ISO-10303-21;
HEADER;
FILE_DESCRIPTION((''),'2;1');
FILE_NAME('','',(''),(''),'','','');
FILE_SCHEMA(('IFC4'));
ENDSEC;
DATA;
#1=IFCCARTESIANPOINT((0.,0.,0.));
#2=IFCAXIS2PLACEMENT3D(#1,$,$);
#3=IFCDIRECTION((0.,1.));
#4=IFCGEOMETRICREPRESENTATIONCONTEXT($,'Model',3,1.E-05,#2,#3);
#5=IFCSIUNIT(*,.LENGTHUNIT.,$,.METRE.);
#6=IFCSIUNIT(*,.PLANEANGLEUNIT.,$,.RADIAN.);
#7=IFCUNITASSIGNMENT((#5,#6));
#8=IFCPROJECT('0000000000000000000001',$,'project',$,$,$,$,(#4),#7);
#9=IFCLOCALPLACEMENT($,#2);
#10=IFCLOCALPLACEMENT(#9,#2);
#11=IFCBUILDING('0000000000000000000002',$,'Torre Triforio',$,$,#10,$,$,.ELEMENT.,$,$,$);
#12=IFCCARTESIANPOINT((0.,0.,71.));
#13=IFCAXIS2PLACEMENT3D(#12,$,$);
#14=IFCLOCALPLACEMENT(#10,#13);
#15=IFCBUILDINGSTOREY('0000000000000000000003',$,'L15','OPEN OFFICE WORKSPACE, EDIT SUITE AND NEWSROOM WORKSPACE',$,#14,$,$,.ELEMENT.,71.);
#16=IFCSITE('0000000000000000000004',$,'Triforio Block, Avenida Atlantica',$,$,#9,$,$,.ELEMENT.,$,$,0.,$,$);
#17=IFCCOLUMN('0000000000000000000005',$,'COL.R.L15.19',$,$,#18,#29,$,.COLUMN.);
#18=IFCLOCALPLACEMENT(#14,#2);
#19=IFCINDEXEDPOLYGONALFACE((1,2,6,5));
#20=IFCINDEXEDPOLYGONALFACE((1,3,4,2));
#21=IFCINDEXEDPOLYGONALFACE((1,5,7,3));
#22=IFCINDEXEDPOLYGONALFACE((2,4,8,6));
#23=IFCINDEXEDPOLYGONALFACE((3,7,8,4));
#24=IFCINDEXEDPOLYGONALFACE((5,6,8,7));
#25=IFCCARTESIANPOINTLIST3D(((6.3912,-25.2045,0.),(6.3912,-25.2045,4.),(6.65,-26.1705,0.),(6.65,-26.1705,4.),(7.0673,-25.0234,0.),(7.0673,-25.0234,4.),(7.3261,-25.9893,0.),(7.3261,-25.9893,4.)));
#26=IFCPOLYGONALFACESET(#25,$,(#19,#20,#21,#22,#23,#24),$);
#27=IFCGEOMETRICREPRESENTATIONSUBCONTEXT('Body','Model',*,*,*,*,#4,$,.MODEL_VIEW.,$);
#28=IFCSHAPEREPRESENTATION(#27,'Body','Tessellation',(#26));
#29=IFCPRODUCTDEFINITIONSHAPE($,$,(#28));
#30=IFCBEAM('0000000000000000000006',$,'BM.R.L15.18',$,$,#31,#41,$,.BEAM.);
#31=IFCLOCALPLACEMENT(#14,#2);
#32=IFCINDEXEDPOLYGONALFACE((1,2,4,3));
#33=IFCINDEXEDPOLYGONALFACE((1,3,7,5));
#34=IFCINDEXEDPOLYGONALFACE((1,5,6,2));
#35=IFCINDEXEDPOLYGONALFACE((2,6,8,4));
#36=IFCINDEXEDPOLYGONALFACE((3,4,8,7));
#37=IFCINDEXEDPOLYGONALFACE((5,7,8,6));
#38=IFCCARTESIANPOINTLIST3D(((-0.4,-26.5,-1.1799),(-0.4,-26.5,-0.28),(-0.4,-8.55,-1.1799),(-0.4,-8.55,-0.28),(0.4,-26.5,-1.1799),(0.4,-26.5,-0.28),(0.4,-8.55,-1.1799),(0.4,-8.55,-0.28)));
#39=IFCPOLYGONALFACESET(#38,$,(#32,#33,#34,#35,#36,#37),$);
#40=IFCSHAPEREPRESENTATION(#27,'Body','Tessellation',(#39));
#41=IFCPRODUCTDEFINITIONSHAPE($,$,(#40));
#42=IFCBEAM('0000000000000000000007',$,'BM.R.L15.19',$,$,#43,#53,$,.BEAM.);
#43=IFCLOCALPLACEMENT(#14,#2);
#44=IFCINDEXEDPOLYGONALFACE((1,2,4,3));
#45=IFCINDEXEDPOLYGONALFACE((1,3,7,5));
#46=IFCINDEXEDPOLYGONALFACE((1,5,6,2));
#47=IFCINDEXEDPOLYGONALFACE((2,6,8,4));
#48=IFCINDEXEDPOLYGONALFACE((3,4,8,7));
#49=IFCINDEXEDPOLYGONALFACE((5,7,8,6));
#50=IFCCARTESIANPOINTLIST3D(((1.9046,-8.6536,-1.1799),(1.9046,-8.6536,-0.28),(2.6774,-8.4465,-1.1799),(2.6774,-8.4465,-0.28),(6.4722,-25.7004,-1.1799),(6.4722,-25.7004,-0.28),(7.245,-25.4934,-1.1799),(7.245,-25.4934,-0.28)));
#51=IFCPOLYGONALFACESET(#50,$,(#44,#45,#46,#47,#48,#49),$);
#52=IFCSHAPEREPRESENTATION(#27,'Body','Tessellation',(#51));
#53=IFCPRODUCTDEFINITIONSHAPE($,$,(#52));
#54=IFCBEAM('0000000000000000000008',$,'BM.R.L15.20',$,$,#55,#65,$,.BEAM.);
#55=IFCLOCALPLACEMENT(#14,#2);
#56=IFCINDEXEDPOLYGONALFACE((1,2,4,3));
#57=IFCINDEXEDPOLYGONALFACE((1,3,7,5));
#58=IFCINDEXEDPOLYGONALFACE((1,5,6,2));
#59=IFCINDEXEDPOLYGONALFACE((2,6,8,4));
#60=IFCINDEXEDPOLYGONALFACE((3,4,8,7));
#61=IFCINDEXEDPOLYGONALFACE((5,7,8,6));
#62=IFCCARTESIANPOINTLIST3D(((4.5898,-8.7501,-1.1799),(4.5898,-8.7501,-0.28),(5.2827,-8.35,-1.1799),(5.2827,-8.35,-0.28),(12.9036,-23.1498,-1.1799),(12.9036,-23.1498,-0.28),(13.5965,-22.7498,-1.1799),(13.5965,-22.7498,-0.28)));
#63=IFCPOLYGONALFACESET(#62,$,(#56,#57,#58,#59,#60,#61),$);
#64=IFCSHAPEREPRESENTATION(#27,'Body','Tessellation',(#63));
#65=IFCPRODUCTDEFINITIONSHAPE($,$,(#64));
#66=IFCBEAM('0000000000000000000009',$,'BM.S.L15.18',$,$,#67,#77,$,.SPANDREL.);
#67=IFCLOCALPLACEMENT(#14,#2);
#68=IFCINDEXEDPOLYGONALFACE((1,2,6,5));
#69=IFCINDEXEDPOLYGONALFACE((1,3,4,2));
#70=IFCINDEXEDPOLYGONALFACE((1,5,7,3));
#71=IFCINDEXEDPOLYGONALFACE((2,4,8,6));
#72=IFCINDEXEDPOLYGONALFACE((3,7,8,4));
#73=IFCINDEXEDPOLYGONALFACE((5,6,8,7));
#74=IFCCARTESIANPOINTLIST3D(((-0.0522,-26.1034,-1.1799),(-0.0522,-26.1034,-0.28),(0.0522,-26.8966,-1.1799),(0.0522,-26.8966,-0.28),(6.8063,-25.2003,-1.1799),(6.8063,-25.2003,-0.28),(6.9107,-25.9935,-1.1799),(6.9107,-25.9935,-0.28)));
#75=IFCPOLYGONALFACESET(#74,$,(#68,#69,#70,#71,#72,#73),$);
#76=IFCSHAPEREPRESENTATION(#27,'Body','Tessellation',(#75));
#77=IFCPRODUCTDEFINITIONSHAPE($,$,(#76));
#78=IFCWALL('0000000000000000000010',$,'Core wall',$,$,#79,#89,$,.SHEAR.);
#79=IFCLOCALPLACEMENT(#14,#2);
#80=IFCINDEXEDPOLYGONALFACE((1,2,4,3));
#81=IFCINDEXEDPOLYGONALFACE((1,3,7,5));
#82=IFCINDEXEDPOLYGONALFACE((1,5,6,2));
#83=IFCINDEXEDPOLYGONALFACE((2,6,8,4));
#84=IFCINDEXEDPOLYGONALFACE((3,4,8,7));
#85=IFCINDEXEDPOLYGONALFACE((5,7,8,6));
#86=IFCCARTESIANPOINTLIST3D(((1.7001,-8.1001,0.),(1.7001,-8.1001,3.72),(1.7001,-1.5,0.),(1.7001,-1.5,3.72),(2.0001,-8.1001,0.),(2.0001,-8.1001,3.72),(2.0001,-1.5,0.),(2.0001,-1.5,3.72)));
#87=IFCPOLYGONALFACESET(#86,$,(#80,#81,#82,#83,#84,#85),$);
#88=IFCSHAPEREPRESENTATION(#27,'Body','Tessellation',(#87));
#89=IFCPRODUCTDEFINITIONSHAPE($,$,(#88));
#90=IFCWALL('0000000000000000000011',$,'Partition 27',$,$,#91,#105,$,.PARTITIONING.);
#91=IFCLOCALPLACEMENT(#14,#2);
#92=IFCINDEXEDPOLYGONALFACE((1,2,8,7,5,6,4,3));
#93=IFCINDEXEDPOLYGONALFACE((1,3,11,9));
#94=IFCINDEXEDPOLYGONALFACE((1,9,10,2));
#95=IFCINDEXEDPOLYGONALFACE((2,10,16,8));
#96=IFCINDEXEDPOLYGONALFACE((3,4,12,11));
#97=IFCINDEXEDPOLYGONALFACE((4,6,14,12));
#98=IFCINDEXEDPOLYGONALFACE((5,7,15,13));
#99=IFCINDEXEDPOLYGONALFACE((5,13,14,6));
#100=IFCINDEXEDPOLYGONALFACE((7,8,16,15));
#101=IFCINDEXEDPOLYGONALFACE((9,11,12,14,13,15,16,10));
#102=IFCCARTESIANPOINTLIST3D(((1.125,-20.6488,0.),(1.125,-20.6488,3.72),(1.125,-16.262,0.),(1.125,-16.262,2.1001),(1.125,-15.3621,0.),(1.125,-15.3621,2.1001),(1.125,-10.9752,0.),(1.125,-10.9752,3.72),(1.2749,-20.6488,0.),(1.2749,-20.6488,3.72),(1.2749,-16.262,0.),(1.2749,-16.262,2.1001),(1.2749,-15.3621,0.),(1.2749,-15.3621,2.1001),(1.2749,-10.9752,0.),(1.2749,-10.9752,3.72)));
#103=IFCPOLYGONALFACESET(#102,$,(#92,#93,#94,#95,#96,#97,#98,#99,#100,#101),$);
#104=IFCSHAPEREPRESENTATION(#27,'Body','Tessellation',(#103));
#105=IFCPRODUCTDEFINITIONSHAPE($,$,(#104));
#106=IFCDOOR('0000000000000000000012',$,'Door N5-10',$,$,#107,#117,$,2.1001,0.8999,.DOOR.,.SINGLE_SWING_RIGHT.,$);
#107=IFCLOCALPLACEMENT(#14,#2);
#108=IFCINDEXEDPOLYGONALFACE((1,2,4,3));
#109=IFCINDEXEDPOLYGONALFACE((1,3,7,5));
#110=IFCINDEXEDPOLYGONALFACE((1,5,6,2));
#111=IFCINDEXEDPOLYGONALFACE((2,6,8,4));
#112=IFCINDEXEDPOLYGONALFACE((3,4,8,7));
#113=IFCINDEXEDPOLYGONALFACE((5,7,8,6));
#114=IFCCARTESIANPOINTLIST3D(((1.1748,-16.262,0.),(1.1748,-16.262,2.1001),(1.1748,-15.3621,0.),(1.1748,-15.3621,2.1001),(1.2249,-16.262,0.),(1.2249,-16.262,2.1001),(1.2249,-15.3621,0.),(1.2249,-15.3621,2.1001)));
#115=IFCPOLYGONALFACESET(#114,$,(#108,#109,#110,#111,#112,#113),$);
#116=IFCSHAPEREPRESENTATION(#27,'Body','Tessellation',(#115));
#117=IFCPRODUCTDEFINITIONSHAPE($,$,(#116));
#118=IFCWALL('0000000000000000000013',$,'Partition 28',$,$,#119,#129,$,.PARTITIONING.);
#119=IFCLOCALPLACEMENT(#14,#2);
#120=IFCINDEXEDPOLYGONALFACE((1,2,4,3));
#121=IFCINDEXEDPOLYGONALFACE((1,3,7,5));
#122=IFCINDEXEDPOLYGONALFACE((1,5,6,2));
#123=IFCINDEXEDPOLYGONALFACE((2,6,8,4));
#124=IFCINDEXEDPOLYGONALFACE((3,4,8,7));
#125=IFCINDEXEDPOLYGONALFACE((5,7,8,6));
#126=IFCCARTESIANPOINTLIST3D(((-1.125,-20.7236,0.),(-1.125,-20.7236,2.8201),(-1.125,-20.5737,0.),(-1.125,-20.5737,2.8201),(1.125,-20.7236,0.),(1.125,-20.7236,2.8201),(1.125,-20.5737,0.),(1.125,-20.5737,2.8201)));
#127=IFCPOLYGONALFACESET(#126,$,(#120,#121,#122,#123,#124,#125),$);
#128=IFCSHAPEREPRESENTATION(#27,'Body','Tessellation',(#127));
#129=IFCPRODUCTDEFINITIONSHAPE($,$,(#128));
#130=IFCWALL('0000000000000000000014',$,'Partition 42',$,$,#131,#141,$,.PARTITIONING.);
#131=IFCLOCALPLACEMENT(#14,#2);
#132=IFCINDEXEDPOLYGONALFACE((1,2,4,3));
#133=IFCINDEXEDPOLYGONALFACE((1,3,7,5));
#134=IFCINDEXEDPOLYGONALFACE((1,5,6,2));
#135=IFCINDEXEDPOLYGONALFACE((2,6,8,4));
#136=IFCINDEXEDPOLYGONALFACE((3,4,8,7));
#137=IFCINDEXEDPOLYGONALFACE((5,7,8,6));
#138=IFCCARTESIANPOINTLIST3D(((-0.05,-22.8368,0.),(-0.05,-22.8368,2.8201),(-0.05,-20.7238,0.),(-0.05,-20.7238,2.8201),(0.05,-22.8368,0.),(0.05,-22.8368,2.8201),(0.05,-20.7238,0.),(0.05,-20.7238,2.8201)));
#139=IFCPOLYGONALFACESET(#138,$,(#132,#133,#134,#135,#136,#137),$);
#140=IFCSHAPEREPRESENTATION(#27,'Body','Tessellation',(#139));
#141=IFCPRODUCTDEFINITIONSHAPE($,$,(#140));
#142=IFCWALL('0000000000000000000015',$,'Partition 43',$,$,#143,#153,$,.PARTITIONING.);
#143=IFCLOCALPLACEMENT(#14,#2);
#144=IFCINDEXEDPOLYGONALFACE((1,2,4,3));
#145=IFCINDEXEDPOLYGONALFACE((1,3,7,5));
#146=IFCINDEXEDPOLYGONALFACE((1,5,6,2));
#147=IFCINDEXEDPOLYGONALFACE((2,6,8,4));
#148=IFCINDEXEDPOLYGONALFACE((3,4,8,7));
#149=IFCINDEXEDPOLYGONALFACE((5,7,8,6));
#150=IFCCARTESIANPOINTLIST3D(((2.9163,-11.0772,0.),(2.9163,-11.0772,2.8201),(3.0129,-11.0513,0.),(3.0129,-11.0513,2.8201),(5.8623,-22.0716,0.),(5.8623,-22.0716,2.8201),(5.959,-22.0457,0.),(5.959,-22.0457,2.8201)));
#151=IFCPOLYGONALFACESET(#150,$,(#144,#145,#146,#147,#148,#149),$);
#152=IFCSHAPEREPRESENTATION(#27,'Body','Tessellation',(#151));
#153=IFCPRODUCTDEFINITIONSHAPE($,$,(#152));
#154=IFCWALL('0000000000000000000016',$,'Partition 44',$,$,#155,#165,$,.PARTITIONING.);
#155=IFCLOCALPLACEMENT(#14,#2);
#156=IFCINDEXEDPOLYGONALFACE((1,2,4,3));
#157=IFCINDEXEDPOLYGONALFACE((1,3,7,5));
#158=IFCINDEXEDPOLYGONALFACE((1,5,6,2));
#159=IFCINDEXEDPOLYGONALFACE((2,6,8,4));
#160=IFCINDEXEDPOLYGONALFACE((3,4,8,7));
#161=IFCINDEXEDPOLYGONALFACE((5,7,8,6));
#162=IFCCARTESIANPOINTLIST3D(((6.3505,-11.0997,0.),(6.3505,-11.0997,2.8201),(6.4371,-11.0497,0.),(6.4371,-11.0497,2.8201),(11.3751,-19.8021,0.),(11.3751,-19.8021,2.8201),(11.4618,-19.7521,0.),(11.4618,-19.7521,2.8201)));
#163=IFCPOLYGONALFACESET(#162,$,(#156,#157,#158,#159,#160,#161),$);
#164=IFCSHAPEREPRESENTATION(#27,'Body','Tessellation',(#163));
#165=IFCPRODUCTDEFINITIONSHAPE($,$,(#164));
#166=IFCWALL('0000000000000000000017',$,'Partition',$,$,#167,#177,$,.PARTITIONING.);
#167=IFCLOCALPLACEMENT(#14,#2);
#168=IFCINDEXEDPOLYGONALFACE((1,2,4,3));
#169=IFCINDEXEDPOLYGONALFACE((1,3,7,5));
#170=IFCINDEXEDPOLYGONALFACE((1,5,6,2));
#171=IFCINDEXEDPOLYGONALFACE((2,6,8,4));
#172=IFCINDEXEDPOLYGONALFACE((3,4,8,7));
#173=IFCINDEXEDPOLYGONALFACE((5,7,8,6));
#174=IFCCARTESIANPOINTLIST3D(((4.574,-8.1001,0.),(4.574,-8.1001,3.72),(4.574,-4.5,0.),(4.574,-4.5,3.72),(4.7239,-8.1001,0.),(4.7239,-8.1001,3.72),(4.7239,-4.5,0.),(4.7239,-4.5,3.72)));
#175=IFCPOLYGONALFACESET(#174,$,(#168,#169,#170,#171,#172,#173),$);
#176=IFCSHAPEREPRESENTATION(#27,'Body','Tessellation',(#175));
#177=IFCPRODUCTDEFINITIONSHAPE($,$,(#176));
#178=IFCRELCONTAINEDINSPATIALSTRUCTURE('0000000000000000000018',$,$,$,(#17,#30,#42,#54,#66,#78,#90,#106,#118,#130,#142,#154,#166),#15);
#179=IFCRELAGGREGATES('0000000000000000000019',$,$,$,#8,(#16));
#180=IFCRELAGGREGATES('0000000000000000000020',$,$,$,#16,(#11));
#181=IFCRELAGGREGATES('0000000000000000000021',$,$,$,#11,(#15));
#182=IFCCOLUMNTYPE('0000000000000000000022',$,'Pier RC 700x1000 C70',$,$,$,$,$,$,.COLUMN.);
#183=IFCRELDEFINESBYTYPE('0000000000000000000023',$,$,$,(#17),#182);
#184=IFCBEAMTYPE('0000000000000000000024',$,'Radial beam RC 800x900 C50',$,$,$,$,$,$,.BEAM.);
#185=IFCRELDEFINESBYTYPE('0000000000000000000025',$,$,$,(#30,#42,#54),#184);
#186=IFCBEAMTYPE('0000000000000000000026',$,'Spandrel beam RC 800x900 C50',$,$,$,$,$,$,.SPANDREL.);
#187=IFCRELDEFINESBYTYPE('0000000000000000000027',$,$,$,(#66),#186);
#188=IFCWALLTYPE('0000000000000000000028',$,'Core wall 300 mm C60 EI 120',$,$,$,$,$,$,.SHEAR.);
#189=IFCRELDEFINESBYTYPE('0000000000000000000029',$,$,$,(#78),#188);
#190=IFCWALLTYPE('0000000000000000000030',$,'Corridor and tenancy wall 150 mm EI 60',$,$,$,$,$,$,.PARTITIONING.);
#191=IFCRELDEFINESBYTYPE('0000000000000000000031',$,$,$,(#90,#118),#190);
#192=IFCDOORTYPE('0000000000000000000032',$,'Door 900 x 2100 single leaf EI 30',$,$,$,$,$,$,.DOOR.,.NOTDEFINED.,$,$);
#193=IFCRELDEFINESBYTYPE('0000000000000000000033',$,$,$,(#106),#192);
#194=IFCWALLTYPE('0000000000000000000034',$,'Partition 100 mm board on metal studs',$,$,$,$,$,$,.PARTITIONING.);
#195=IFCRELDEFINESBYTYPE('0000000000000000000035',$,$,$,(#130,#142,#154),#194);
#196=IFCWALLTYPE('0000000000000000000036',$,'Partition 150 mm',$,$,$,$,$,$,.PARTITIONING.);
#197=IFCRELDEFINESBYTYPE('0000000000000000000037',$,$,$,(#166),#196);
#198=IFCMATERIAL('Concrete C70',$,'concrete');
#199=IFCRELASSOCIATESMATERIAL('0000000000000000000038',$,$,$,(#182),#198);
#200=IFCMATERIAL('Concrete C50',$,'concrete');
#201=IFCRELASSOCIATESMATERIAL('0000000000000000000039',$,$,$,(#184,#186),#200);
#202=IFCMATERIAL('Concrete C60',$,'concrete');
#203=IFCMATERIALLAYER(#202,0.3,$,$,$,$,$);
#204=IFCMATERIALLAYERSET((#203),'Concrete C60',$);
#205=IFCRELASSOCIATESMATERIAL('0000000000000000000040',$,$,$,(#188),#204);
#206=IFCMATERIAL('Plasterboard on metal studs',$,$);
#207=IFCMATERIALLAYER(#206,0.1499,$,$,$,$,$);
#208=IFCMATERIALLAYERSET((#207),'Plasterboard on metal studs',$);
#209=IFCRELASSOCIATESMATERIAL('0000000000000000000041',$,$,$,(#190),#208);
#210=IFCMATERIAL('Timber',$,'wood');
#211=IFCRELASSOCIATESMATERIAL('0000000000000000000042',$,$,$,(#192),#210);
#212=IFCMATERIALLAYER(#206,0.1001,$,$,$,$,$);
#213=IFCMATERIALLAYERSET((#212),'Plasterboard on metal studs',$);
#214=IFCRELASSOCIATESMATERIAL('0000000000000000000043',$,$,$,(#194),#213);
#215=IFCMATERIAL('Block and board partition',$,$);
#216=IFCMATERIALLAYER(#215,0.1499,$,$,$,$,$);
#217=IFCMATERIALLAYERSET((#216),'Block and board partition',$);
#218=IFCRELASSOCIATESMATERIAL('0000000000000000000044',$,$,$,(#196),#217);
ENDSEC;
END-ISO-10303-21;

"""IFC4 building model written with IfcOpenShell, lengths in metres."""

from ifc_helpers import new_model, si_unit, direction, frame, frame_2d, origin, origin_2d, place, context, subcontext, project, spatial, rectangle, extrude, material, layer, layer_set, material_profile, profile_set, type_object, element, fill, save


model = new_model("IFC4")

# Units and contexts
model_context = context("Model", 3, precision=1e-05, world=origin(), true_north=direction((0.0, 1.0)))
body_context = subcontext(model_context, "Body", "Model", "MODEL_VIEW")
ifc_project = project(units=[si_unit("LENGTHUNIT", "METRE"), si_unit("PLANEANGLEUNIT", "RADIAN")], contexts=[model_context])

# Site, building, storey
site_placement = place(None, origin())
site = spatial("IfcSite", under=ifc_project, at=site_placement, Name="Triforio Block, Avenida Atlantica", CompositionType="ELEMENT", RefElevation=0.0)
building_placement = place(site_placement, origin())
building = spatial("IfcBuilding", under=site, at=building_placement, Name="Torre Triforio", CompositionType="ELEMENT")
storey_placement = place(building_placement, frame((0.0, 0.0, 71.0)))
storey = spatial("IfcBuildingStorey", under=building, at=storey_placement, Name="L15", Description="OPEN OFFICE WORKSPACE, EDIT SUITE AND NEWSROOM WORKSPACE", CompositionType="ELEMENT", Elevation=71.0)

# Column
ifc_material_1 = material(Name="Concrete C70", Category="concrete")
ifc_material_profile_1 = material_profile(ifc_material_1, rectangle(XDim=0.7, YDim=1.0, at=origin_2d()), Name="RC 700x1000")
ifc_profile_set_1 = profile_set([ifc_material_profile_1], Name="Concrete C70")
column_type = type_object("IfcColumnType", Name="Pier RC 700x1000 C70", PredefinedType="COLUMN", material=ifc_profile_set_1)
column_placement = place(storey_placement, frame((6.8586, -25.5969, 0.0), z_axis=(0.0, 0.0, 1.0), x_axis=(0.965926, 0.258819, 0.0)))
element("IfcColumn", 1, at=column_placement, inside=storey, type_object=column_type, Name="COL.R.L15.19", PredefinedType="COLUMN", context=body_context, shape_type="SweptSolid", body=[
    extrude(rectangle(XDim=0.7, YDim=1.0, at=origin_2d()), origin(), (0.0, 0.0, 1.0), 4.0),
])

# Beams
ifc_material_2 = material(Name="Concrete C50", Category="concrete")
ifc_material_profile_2 = material_profile(ifc_material_2, rectangle(XDim=0.8, YDim=0.8999, at=origin_2d()), Name="RC 800x900")
ifc_profile_set_2 = profile_set([ifc_material_profile_2], Name="Concrete C50")
beam_type_1 = type_object("IfcBeamType", Name="Radial beam RC 800x900 C50", PredefinedType="BEAM", material=ifc_profile_set_2)
beam_1_placement = place(storey_placement, frame((0.0, -8.55, -0.73), z_axis=(0.0, -1.0, 0.0), x_axis=(1.0, 0.0, 0.0)))
element("IfcBeam", 2, at=beam_1_placement, inside=storey, type_object=beam_type_1, Name="BM.R.L15.18", PredefinedType="BEAM", context=body_context, shape_type="SweptSolid", body=[
    extrude(rectangle(XDim=0.8, YDim=0.8999, at=origin_2d()), origin(), (0.0, 0.0, 1.0), 17.95),
])
beam_2_placement = place(storey_placement, frame((2.291, -8.55, -0.73), z_axis=(0.258815, -0.965927, 0.0), x_axis=(0.965927, 0.258815, 0.0)))
element("IfcBeam", 3, at=beam_2_placement, inside=storey, type_object=beam_type_1, Name="BM.R.L15.19", PredefinedType="BEAM", context=body_context, shape_type="SweptSolid", body=[
    extrude(rectangle(XDim=0.8, YDim=0.8999, at=origin_2d()), origin(), (0.0, 0.0, 1.0), 17.6482),
])
beam_3_placement = place(storey_placement, frame((4.9363, -8.55, -0.73), z_axis=(0.500003, -0.866023, 0.0), x_axis=(0.866023, 0.500003, 0.0)))
element("IfcBeam", 4, at=beam_3_placement, inside=storey, type_object=beam_type_1, Name="BM.R.L15.20", PredefinedType="BEAM", context=body_context, shape_type="SweptSolid", body=[
    extrude(rectangle(XDim=0.8, YDim=0.8999, at=origin_2d()), origin(), (0.0, 0.0, 1.0), 16.6274),
])
ifc_material_profile_3 = material_profile(ifc_material_2, rectangle(XDim=0.8, YDim=0.8999, at=origin_2d()), Name="RC 800x900")
ifc_profile_set_3 = profile_set([ifc_material_profile_3], Name="Concrete C50")
beam_type_2 = type_object("IfcBeamType", Name="Spandrel beam RC 800x900 C50", PredefinedType="SPANDREL", material=ifc_profile_set_3)
beam_4_placement = place(storey_placement, frame((0.0, -26.5, -0.73), z_axis=(0.991443, 0.130543, 0.0), x_axis=(-0.130543, 0.991443, 0.0)))
element("IfcBeam", 5, at=beam_4_placement, inside=storey, type_object=beam_type_2, Name="BM.S.L15.18", PredefinedType="SPANDREL", context=body_context, shape_type="SweptSolid", body=[
    extrude(rectangle(XDim=0.8, YDim=0.8999, at=origin_2d()), origin(), (0.0, 0.0, 1.0), 6.9177),
])

# Wall
ifc_material_3 = material(Name="Concrete C60", Category="concrete")
ifc_layer_1 = layer(ifc_material_3, 0.3)
ifc_layer_set_1 = layer_set([ifc_layer_1], Name="Concrete C60")
wall_type_1 = type_object("IfcWallType", Name="Core wall 300 mm C60 EI 120", PredefinedType="SHEAR", material=ifc_layer_set_1)
wall_1_placement = place(storey_placement, frame((1.8501, -8.1001, 0.0), z_axis=(0.0, 0.0, 1.0), x_axis=(0.0, 1.0, 0.0)))
element("IfcWall", 6, at=wall_1_placement, inside=storey, type_object=wall_type_1, Name="Core wall", PredefinedType="SHEAR", context=body_context, shape_type="SweptSolid", body=[
    extrude(rectangle(XDim=6.6001, YDim=0.3, at=frame_2d((3.3, 0.0))), origin(), (0.0, 0.0, 1.0), 3.72),
])

# Wall, opening, door
ifc_material_4 = material(Name="Plasterboard on metal studs")
ifc_layer_2 = layer(ifc_material_4, 0.1499)
ifc_layer_set_2 = layer_set([ifc_layer_2], Name="Plasterboard on metal studs")
wall_type_2 = type_object("IfcWallType", Name="Corridor and tenancy wall 150 mm EI 60", PredefinedType="PARTITIONING", material=ifc_layer_set_2)
wall_2_placement = place(storey_placement, frame((1.2, -10.9751, 0.0), z_axis=(0.0, 0.0, 1.0), x_axis=(0.0, -1.0, 0.0)))
wall_2 = element("IfcWall", 7, at=wall_2_placement, inside=storey, type_object=wall_type_2, Name="Partition 27", PredefinedType="PARTITIONING", context=body_context, shape_type="SweptSolid", body=[
    extrude(rectangle(XDim=9.6736, YDim=0.1499, at=frame_2d((4.8369, 0.0))), origin(), (0.0, 0.0, 1.0), 3.72),
])
opening_1_placement = place(wall_2_placement, frame((4.387, 0.0, 0.0)))
opening_1 = element("IfcOpeningElement", 8, at=opening_1_placement, cuts=wall_2, PredefinedType="OPENING", context=body_context, shape_type="SweptSolid", body=[
    extrude(rectangle(XDim=0.8999, YDim=2.1001, at=frame_2d((0.45, 1.05))), frame((0.0, 0.085, 0.0), z_axis=(0.0, -1.0, 0.0), x_axis=(1.0, 0.0, 0.0)), (0.0, 0.0, 1.0), 0.1699),
])
ifc_material_5 = material(Name="Timber", Category="wood")
door_type_1 = type_object("IfcDoorType", Name="Door 900 x 2100 single leaf EI 30", OperationType="NOTDEFINED", PredefinedType="DOOR", material=ifc_material_5)
door_1_placement = place(opening_1_placement, origin())
door_1 = element("IfcDoor", 9, at=door_1_placement, inside=storey, type_object=door_type_1, Name="Door N5-10", OperationType="SINGLE_SWING_RIGHT", OverallHeight=2.1001, OverallWidth=0.8999, PredefinedType="DOOR", context=body_context, shape_type="SweptSolid", body=[
    extrude(rectangle(XDim=0.8999, YDim=2.1001, at=frame_2d((0.45, 1.05))), frame((0.0, 0.0249, 0.0), z_axis=(0.0, -1.0, 0.0), x_axis=(1.0, 0.0, 0.0)), (0.0, 0.0, 1.0), 0.05),
])
fill(opening_1, door_1)

# Walls
wall_3_placement = place(storey_placement, frame((1.125, -20.6487, 0.0), z_axis=(0.0, 0.0, 1.0), x_axis=(-1.0, 0.0, 0.0)))
element("IfcWall", 10, at=wall_3_placement, inside=storey, type_object=wall_type_2, Name="Partition 28", PredefinedType="PARTITIONING", context=body_context, shape_type="SweptSolid", body=[
    extrude(rectangle(XDim=2.25, YDim=0.1499, at=frame_2d((1.125, 0.0))), origin(), (0.0, 0.0, 1.0), 2.8201),
])
ifc_layer_3 = layer(ifc_material_4, 0.1001)
ifc_layer_set_3 = layer_set([ifc_layer_3], Name="Plasterboard on metal studs")
wall_type_3 = type_object("IfcWallType", Name="Partition 100 mm board on metal studs", PredefinedType="PARTITIONING", material=ifc_layer_set_3)
wall_4_placement = place(storey_placement, frame((0.0, -20.7236, 0.0), z_axis=(0.0, 0.0, 1.0), x_axis=(0.0, -1.0, 0.0)))
element("IfcWall", 11, at=wall_4_placement, inside=storey, type_object=wall_type_3, Name="Partition 42", PredefinedType="PARTITIONING", context=body_context, shape_type="SweptSolid", body=[
    extrude(rectangle(XDim=2.113, YDim=0.1001, at=frame_2d((1.0566, 0.0))), origin(), (0.0, 0.0, 1.0), 2.8201),
])
wall_5_placement = place(storey_placement, frame((2.9646, -11.0642, 0.0), z_axis=(0.0, 0.0, 1.0), x_axis=(0.258828, -0.965923, 0.0)))
element("IfcWall", 12, at=wall_5_placement, inside=storey, type_object=wall_type_3, Name="Partition 43", PredefinedType="PARTITIONING", context=body_context, shape_type="SweptSolid", body=[
    extrude(rectangle(XDim=11.3823, YDim=0.1001, at=frame_2d((5.6912, 0.0))), origin(), (0.0, 0.0, 1.0), 2.8201),
])
wall_6_placement = place(storey_placement, frame((6.3938, -11.0747, 0.0), z_axis=(0.0, 0.0, 1.0), x_axis=(0.500025, -0.866011, 0.0)))
element("IfcWall", 13, at=wall_6_placement, inside=storey, type_object=wall_type_3, Name="Partition 44", PredefinedType="PARTITIONING", context=body_context, shape_type="SweptSolid", body=[
    extrude(rectangle(XDim=10.0488, YDim=0.1001, at=frame_2d((5.0244, 0.0))), origin(), (0.0, 0.0, 1.0), 2.8201),
])
ifc_material_6 = material(Name="Block and board partition")
ifc_layer_4 = layer(ifc_material_6, 0.1499)
ifc_layer_set_4 = layer_set([ifc_layer_4], Name="Block and board partition")
wall_type_4 = type_object("IfcWallType", Name="Partition 150 mm", PredefinedType="PARTITIONING", material=ifc_layer_set_4)
wall_7_placement = place(storey_placement, frame((4.6489, -8.1001, 0.0), z_axis=(0.0, 0.0, 1.0), x_axis=(0.0, 1.0, 0.0)))
element("IfcWall", 14, at=wall_7_placement, inside=storey, type_object=wall_type_4, Name="Partition", PredefinedType="PARTITIONING", context=body_context, shape_type="SweptSolid", body=[
    extrude(rectangle(XDim=3.6001, YDim=0.1499, at=frame_2d((1.8, 0.0))), origin(), (0.0, 0.0, 1.0), 3.72),
])

save(model, "model.ifc")
